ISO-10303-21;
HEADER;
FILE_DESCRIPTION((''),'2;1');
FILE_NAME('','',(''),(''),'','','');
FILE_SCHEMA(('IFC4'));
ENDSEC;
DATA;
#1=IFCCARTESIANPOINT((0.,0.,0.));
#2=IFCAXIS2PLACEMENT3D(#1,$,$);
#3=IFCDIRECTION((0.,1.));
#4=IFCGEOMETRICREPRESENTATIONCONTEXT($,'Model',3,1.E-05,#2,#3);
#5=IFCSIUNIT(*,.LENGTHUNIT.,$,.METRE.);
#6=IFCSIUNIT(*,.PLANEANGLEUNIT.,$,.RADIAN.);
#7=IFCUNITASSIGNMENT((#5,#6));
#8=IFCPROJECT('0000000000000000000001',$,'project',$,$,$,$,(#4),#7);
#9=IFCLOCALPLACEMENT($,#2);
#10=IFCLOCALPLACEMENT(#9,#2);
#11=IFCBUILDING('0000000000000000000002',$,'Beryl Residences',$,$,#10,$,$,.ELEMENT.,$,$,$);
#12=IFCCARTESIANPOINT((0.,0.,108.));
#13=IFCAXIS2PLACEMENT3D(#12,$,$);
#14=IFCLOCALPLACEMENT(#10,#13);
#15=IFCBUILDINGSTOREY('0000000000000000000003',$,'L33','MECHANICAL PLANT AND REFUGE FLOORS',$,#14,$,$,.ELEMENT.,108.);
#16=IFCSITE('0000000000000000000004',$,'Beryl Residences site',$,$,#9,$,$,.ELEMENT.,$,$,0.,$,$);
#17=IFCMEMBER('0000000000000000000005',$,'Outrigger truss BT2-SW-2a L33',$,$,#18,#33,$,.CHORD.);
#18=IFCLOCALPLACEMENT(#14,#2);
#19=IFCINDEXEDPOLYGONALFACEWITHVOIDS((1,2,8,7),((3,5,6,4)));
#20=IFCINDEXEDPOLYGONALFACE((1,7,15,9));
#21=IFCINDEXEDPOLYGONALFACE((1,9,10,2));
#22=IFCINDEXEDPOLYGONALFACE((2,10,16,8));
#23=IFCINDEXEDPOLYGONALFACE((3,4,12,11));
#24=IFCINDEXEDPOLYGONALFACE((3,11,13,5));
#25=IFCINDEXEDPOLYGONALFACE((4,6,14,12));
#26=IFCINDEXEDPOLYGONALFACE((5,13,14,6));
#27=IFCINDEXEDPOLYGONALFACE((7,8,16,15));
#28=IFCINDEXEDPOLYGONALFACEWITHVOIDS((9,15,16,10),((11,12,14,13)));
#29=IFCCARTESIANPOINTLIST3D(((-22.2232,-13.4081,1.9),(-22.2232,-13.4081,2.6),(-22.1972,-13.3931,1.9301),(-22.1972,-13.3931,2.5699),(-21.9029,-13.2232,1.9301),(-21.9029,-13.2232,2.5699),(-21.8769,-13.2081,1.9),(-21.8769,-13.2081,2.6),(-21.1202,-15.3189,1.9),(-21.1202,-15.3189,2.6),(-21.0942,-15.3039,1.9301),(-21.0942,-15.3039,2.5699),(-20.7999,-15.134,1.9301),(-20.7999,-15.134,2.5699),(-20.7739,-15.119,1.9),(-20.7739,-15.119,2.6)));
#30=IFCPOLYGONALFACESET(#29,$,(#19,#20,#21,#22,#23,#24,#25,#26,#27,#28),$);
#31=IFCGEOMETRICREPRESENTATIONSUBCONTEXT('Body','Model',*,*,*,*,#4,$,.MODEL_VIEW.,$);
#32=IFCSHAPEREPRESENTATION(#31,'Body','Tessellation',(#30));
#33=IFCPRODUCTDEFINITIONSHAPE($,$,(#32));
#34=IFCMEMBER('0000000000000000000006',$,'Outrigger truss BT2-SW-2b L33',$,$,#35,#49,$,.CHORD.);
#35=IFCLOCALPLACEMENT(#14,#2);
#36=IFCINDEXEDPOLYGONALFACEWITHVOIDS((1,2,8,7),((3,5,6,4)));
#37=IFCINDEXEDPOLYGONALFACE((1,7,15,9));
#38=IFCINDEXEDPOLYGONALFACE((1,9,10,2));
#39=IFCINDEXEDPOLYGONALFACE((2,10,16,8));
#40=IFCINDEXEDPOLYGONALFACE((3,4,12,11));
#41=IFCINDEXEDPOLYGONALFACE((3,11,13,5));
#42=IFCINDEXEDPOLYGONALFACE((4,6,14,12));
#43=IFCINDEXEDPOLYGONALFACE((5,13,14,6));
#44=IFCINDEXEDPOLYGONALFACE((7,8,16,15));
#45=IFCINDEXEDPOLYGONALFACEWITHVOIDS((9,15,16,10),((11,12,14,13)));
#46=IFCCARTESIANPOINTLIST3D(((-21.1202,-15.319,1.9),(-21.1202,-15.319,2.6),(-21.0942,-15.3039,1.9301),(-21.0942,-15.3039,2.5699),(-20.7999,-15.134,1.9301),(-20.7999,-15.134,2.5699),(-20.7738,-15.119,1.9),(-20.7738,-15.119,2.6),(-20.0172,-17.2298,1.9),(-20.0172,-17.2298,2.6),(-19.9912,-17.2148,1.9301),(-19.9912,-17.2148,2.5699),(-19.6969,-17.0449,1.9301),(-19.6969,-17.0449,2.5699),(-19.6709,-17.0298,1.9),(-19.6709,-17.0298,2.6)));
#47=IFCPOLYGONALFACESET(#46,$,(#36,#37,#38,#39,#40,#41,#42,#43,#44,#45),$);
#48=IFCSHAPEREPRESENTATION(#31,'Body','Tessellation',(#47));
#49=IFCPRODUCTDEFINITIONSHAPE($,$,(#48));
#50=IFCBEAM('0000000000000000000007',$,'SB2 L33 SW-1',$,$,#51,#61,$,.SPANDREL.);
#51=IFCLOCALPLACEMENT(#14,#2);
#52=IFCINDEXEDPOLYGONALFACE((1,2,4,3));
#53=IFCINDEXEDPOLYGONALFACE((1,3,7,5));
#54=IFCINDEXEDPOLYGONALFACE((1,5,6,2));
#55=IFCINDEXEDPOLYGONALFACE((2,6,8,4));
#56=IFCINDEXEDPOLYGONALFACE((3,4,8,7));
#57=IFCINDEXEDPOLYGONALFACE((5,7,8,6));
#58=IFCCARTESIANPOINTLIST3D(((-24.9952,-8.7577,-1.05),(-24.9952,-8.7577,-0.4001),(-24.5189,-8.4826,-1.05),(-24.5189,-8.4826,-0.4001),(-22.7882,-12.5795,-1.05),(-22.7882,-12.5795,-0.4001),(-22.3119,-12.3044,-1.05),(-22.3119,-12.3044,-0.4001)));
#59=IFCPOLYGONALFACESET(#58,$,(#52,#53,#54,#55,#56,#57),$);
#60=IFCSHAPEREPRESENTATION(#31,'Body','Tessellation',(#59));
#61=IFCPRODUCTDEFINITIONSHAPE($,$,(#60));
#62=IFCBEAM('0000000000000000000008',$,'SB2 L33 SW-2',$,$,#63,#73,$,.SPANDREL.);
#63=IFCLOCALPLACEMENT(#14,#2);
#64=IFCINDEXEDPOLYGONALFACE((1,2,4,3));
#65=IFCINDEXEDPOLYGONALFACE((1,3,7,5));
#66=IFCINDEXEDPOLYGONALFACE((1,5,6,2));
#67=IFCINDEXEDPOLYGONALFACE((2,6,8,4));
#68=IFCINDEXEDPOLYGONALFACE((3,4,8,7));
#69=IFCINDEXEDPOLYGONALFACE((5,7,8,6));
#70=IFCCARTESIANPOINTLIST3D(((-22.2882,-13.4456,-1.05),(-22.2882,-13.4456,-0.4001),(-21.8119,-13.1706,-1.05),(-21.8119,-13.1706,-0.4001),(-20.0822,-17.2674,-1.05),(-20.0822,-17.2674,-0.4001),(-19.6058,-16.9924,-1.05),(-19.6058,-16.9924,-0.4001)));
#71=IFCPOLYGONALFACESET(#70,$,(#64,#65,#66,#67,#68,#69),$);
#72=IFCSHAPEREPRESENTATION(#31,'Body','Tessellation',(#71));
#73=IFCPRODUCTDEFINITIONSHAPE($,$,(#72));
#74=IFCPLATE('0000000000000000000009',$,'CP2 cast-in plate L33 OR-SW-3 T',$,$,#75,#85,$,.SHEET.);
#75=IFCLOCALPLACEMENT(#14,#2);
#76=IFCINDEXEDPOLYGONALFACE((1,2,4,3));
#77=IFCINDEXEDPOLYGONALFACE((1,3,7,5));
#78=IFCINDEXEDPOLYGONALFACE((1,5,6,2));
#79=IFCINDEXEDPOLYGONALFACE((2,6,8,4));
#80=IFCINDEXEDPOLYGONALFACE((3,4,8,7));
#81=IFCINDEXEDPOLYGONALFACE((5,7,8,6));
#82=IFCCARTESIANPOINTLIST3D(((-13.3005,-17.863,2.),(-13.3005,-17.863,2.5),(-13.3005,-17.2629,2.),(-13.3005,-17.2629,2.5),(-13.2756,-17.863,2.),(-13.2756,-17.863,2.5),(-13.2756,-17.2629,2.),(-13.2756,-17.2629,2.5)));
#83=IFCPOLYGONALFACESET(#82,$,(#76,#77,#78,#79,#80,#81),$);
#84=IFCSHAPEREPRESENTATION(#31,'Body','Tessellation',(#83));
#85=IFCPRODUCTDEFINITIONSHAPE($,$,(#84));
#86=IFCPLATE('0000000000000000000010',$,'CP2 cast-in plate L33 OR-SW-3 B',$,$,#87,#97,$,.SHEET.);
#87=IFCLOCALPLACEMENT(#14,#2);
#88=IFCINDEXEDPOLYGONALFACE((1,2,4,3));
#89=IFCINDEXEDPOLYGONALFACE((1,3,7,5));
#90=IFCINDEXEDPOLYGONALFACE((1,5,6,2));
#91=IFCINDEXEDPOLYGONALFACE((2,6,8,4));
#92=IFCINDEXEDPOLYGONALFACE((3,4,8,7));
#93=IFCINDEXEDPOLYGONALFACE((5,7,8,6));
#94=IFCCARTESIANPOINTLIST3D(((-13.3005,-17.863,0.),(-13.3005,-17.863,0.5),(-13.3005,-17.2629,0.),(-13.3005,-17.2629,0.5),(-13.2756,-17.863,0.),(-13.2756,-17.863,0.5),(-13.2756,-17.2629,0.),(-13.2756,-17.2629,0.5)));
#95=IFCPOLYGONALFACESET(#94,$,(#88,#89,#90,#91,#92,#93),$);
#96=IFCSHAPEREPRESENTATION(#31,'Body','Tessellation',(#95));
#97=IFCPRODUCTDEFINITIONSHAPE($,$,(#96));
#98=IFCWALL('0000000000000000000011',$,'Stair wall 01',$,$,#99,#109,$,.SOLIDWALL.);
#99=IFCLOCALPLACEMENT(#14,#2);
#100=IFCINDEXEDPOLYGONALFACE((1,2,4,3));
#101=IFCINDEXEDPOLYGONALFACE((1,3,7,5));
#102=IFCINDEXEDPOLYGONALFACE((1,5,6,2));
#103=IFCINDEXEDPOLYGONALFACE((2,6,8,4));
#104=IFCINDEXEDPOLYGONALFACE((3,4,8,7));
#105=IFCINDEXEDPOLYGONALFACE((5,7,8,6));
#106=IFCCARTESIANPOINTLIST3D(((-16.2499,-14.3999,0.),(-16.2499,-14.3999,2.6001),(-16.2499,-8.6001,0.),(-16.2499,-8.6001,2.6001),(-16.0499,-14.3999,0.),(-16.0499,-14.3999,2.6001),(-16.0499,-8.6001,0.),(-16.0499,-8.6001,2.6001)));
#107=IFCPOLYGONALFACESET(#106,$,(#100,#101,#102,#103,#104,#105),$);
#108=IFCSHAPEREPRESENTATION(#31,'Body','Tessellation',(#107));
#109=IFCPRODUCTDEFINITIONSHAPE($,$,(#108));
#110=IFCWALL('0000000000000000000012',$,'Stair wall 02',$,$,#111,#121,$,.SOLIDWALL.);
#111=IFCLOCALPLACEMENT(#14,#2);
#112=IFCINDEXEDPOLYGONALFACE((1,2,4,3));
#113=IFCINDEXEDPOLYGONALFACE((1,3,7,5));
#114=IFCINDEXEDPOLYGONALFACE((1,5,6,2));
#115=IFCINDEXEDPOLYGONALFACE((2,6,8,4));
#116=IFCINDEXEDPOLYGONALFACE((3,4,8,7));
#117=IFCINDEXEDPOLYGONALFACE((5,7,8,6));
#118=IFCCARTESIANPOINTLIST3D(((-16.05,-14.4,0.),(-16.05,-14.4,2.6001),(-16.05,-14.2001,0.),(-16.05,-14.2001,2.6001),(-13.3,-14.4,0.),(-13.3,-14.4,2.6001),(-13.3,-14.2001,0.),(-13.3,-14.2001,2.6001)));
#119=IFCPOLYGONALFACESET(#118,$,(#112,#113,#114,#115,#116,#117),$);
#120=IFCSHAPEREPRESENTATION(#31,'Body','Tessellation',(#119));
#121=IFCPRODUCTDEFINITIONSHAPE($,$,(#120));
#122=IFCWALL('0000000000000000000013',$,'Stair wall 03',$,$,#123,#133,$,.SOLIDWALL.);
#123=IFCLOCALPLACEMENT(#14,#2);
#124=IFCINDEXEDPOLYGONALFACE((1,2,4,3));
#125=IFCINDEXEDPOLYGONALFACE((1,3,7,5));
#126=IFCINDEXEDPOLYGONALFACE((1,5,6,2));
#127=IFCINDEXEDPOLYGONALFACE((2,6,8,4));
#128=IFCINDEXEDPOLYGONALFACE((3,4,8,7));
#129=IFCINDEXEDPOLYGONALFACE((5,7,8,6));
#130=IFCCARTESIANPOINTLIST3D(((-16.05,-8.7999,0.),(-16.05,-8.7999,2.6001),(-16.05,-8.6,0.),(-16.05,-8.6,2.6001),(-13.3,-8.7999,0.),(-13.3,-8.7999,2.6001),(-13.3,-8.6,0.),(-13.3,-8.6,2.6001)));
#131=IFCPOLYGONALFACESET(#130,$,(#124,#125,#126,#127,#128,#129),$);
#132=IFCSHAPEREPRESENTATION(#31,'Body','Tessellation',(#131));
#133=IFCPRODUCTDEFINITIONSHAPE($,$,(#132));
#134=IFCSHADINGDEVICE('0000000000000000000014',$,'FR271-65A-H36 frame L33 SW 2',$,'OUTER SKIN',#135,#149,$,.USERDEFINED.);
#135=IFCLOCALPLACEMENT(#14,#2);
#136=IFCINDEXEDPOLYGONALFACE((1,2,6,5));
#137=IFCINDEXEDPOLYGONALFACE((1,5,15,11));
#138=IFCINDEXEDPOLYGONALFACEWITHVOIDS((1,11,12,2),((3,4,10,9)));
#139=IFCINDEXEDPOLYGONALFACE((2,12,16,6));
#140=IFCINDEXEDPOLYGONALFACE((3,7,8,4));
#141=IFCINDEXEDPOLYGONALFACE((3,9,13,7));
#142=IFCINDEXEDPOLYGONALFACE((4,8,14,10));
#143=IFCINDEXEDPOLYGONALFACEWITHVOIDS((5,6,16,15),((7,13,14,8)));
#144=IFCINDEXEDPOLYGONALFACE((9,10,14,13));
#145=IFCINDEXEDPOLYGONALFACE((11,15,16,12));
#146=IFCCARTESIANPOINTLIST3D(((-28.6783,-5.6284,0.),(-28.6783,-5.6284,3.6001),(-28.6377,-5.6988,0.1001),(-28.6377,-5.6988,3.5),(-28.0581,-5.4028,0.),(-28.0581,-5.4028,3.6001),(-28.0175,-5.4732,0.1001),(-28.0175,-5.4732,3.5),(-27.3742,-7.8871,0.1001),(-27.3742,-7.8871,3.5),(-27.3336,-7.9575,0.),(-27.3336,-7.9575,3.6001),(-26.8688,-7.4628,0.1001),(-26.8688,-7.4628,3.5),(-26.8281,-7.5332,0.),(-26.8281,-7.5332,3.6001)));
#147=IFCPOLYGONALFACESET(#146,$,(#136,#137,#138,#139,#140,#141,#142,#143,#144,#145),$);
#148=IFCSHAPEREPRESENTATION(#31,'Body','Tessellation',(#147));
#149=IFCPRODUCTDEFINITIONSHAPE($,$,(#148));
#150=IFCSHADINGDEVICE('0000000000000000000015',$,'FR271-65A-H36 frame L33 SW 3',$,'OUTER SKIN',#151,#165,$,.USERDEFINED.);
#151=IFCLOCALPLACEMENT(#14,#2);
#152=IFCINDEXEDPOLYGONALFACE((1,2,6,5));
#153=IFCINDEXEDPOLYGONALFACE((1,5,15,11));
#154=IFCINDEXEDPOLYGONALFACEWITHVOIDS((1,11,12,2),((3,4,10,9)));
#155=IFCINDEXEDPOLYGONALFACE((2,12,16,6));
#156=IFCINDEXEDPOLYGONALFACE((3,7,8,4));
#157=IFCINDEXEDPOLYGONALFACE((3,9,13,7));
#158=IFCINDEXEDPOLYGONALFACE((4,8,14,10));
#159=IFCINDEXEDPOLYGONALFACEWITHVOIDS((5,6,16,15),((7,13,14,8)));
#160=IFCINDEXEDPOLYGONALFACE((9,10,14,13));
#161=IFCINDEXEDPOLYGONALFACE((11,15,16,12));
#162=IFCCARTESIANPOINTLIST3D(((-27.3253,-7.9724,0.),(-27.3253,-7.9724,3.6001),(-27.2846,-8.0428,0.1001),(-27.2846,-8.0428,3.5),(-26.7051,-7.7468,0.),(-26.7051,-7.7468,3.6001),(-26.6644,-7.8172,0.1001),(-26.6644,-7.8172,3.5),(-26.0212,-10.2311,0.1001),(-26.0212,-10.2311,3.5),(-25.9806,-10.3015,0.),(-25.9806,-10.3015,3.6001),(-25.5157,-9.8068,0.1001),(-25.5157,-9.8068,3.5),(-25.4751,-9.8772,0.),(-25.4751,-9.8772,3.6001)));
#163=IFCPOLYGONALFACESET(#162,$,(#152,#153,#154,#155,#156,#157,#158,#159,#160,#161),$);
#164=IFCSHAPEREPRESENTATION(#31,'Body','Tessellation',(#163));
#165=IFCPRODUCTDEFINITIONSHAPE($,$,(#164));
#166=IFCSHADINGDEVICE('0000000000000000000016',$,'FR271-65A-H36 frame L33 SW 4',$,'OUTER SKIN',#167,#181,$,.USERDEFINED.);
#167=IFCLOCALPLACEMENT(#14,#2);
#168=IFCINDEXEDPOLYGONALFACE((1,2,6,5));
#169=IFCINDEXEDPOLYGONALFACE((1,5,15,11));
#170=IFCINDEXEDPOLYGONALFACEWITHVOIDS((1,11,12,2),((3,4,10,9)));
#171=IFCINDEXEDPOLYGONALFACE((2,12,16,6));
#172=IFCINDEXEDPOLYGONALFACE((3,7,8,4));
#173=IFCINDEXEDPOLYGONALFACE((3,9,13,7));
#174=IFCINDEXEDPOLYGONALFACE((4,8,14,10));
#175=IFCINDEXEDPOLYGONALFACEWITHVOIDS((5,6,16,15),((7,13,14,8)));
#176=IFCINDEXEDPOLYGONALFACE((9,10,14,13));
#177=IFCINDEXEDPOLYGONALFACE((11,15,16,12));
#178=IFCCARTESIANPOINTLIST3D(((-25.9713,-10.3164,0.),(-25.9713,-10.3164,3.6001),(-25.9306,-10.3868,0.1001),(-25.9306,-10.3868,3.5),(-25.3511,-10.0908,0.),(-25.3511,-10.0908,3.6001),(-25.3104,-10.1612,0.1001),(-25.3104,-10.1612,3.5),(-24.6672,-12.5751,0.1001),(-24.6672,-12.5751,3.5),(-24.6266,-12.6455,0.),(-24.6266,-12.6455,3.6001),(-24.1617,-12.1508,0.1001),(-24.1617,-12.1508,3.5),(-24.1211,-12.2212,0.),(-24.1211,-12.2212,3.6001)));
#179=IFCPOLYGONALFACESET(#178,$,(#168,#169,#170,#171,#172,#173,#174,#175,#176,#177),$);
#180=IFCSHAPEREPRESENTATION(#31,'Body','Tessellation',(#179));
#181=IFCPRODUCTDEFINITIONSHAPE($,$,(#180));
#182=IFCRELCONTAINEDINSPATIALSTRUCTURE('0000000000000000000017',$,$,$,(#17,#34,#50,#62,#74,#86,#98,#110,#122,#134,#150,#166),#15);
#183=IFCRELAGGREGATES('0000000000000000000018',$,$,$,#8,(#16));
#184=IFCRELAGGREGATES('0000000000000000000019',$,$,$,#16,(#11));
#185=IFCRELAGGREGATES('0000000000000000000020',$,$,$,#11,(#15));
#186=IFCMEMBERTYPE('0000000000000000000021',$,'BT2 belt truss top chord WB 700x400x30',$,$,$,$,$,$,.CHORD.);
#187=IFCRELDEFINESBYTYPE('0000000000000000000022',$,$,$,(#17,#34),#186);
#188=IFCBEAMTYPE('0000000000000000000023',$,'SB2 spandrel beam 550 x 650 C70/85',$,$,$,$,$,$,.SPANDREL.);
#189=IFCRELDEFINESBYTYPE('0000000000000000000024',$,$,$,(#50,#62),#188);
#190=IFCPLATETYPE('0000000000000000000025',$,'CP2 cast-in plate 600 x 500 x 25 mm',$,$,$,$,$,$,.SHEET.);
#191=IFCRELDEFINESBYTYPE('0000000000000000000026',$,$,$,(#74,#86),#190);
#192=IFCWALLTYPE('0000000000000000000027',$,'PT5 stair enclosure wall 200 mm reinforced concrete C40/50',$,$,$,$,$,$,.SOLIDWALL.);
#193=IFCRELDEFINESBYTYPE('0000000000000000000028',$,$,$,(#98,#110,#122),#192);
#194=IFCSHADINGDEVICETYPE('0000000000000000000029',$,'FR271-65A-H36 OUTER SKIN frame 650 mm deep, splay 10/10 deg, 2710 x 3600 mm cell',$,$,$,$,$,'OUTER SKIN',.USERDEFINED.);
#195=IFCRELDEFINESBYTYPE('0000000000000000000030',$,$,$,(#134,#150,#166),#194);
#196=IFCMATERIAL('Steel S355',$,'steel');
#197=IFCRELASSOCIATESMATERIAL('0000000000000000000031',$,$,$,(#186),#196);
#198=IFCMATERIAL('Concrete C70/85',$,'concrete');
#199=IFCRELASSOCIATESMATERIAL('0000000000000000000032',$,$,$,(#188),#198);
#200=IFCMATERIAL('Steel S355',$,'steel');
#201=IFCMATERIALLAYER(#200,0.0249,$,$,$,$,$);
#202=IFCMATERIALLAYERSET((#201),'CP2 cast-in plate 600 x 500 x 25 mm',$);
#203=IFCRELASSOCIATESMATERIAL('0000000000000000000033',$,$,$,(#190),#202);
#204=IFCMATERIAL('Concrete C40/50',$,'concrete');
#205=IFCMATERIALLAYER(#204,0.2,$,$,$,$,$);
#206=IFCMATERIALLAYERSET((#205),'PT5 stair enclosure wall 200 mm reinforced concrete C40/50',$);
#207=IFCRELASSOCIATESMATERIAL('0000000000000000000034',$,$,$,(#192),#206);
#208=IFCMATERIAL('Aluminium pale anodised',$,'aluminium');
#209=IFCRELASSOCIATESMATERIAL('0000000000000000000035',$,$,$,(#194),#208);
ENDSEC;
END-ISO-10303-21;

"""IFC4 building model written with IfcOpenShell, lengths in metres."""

from ifc_helpers import new_model, entity, si_unit, direction, frame, frame_2d, origin, origin_2d, place, context, subcontext, project, spatial, rectangle, hollow_rectangle, extrude, source, transform, mapped, material, layer, layer_set, material_profile, profile_set, type_object, type_shapes, element, save


model = new_model("IFC4")

# Units and contexts
model_context = context("Model", 3, precision=1e-05, world=origin(), true_north=direction((0.0, 1.0)))
body_context = subcontext(model_context, "Body", "Model", "MODEL_VIEW")
ifc_project = project(units=[si_unit("LENGTHUNIT", "METRE"), si_unit("PLANEANGLEUNIT", "RADIAN")], contexts=[model_context])

# Site, building, storey
site_placement = place(None, origin())
site = spatial("IfcSite", under=ifc_project, at=site_placement, Name="Beryl Residences site", CompositionType="ELEMENT", RefElevation=0.0)
building_placement = place(site_placement, origin())
building = spatial("IfcBuilding", under=site, at=building_placement, Name="Beryl Residences", CompositionType="ELEMENT")
storey_placement = place(building_placement, frame((0.0, 0.0, 108.0)))
storey = spatial("IfcBuildingStorey", under=building, at=storey_placement, Name="L33", Description="MECHANICAL PLANT AND REFUGE FLOORS", CompositionType="ELEMENT", Elevation=108.0)

# Members
ifc_material_1 = material(Name="Steel S355", Category="steel")
ifc_material_profile_1 = material_profile(ifc_material_1, hollow_rectangle(XDim=0.3999, YDim=0.7, WallThickness=0.03, at=origin_2d()))
ifc_profile_set_1 = profile_set([ifc_material_profile_1], Name="Steel S355")
member_type_1 = type_object("IfcMemberType", Name="BT2 belt truss top chord WB 700x400x30", PredefinedType="CHORD", material=ifc_profile_set_1)
for number, where, z_axis, x_axis, name in (
    (1, (-22.05, -13.3081, 2.25), (0.499924, -0.86607, 0.0), (0.86607, 0.499924, 0.0), "Outrigger truss BT2-SW-2a L33"),
    (2, (-20.947, -15.219, 2.25), (0.499924, -0.86607, 0.0), (0.86607, 0.499924, 0.0), "Outrigger truss BT2-SW-2b L33"),
):
    element("IfcMember", number, at=place(storey_placement, frame(where, z_axis=z_axis, x_axis=x_axis)), inside=storey, type_object=member_type_1, Name=name, PredefinedType="CHORD", context=body_context, shape_type="SweptSolid", body=[
        extrude(hollow_rectangle(XDim=0.3999, YDim=0.7, WallThickness=0.03, at=origin_2d()), origin(), (0.0, 0.0, 1.0), 2.2063),
    ])

# Beams
ifc_material_2 = material(Name="Concrete C70/85", Category="concrete")
ifc_material_profile_2 = material_profile(ifc_material_2, rectangle(XDim=0.55, YDim=0.6499, at=origin_2d()))
ifc_profile_set_2 = profile_set([ifc_material_profile_2], Name="Concrete C70/85")
beam_type = type_object("IfcBeamType", Name="SB2 spandrel beam 550 x 650 C70/85", PredefinedType="SPANDREL", material=ifc_profile_set_2)
beam_1_placement = place(storey_placement, frame((-24.7571, -8.6201, -0.7251), z_axis=(0.50009, -0.865974, 0.0), x_axis=(0.865974, 0.50009, 0.0)))
element("IfcBeam", 3, at=beam_1_placement, inside=storey, type_object=beam_type, Name="SB2 L33 SW-1", PredefinedType="SPANDREL", context=body_context, shape_type="SweptSolid", body=[
    extrude(rectangle(XDim=0.55, YDim=0.6499, at=origin_2d()), origin(), (0.0, 0.0, 1.0), 4.4133),
])
beam_2_placement = place(storey_placement, frame((-22.05, -13.3081, -0.7251), z_axis=(0.499924, -0.86607, 0.0), x_axis=(0.86607, 0.499924, 0.0)))
element("IfcBeam", 4, at=beam_2_placement, inside=storey, type_object=beam_type, Name="SB2 L33 SW-2", PredefinedType="SPANDREL", context=body_context, shape_type="SweptSolid", body=[
    extrude(rectangle(XDim=0.55, YDim=0.6499, at=origin_2d()), origin(), (0.0, 0.0, 1.0), 4.4128),
])

# Plates
ifc_material_3 = material(Name="Steel S355", Category="steel")
ifc_layer_1 = layer(ifc_material_3, 0.0249)
ifc_layer_set_1 = layer_set([ifc_layer_1], Name="CP2 cast-in plate 600 x 500 x 25 mm")
plate_type = type_object("IfcPlateType", Name="CP2 cast-in plate 600 x 500 x 25 mm", PredefinedType="SHEET", material=ifc_layer_set_1)
for number, where, z_axis, x_axis, name in (
    (5, (-13.2881, -17.563, 2.0), (0.0, 0.0, 1.0), (1.0, 0.0, 0.0), "CP2 cast-in plate L33 OR-SW-3 T"),
    (6, (-13.2881, -17.563, 0.0), (0.0, 0.0, 1.0), (1.0, 0.0, 0.0), "CP2 cast-in plate L33 OR-SW-3 B"),
):
    element("IfcPlate", number, at=place(storey_placement, frame(where, z_axis=z_axis, x_axis=x_axis)), inside=storey, type_object=plate_type, Name=name, PredefinedType="SHEET", context=body_context, shape_type="SweptSolid", body=[
        extrude(rectangle(XDim=0.0249, YDim=0.6001, at=origin_2d()), origin(), (0.0, 0.0, 1.0), 0.5),
    ])

# Walls
ifc_material_4 = material(Name="Concrete C40/50", Category="concrete")
ifc_layer_2 = layer(ifc_material_4, 0.2)
ifc_layer_set_2 = layer_set([ifc_layer_2], Name="PT5 stair enclosure wall 200 mm reinforced concrete C40/50")
wall_type = type_object("IfcWallType", Name="PT5 stair enclosure wall 200 mm reinforced concrete C40/50", PredefinedType="SOLIDWALL", material=ifc_layer_set_2)
wall_placement = place(storey_placement, frame((-16.1499, -14.3999, 0.0), z_axis=(0.0, 0.0, 1.0), x_axis=(0.0, 1.0, 0.0)))
element("IfcWall", 7, at=wall_placement, inside=storey, type_object=wall_type, Name="Stair wall 01", PredefinedType="SOLIDWALL", context=body_context, shape_type="SweptSolid", body=[
    extrude(rectangle(XDim=5.7998, YDim=0.2, at=frame_2d((2.8999, 0.0))), origin(), (0.0, 0.0, 1.0), 2.6001),
])
for number, where, z_axis, x_axis, name in (
    (8, (-16.05, -14.3, 0.0), (0.0, 0.0, 1.0), (1.0, 0.0, 0.0), "Stair wall 02"),
    (9, (-16.05, -8.7, 0.0), (0.0, 0.0, 1.0), (1.0, 0.0, 0.0), "Stair wall 03"),
):
    element("IfcWall", number, at=place(storey_placement, frame(where, z_axis=z_axis, x_axis=x_axis)), inside=storey, type_object=wall_type, Name=name, PredefinedType="SOLIDWALL", context=body_context, shape_type="SweptSolid", body=[
        extrude(rectangle(XDim=2.75, YDim=0.2, at=frame_2d((1.375, 0.0))), origin(), (0.0, 0.0, 1.0), 2.6001),
    ])

# Shading devices
ifc_material_5 = material(Name="Aluminium pale anodised", Category="aluminium")
shading_device_type = type_object("IfcShadingDeviceType", Name="FR271-65A-H36 OUTER SKIN frame 650 mm deep, splay 10/10 deg, 2710 x 3600 mm cell", ElementType="OUTER SKIN", PredefinedType="USERDEFINED", material=ifc_material_5)
cartesian_point_1 = entity("IfcCartesianPoint", [-1.23, 0.0])
cartesian_point_2 = entity("IfcCartesianPoint", [-1.1487, 0.1001])
cartesian_point_3 = entity("IfcCartesianPoint", [-1.3447, 0.0])
cartesian_point_4 = entity("IfcCartesianPoint", [-1.2634, 0.1001])
shared_shape = source(origin(), body_context, "Body", "SweptSolid", [
    entity("IfcExtrudedAreaSolidTapered", entity("IfcArbitraryProfileDefWithVoids", "AREA", None, entity("IfcPolyline", [cartesian_point_1, entity("IfcCartesianPoint", [1.23, 0.0]), entity("IfcCartesianPoint", [1.23, 3.6001]), entity("IfcCartesianPoint", [-1.23, 3.6001]), cartesian_point_1]), [entity("IfcPolyline", [cartesian_point_2, entity("IfcCartesianPoint", [1.1487, 0.1001]), entity("IfcCartesianPoint", [1.1487, 3.5]), entity("IfcCartesianPoint", [-1.1487, 3.5]), cartesian_point_2])]), entity("IfcAxis2Placement3D", entity("IfcCartesianPoint", [0.0, 0.0, 0.0]), entity("IfcDirection", [0.0, 1.0, 0.0]), entity("IfcDirection", [-1.0, 0.0, 0.0])), entity("IfcDirection", [0.0, 0.0, 1.0]), 0.6499, entity("IfcArbitraryProfileDefWithVoids", "AREA", None, entity("IfcPolyline", [cartesian_point_3, entity("IfcCartesianPoint", [1.3447, 0.0]), entity("IfcCartesianPoint", [1.3447, 3.6001]), entity("IfcCartesianPoint", [-1.3447, 3.6001]), cartesian_point_3]), [entity("IfcPolyline", [cartesian_point_4, entity("IfcCartesianPoint", [1.2634, 0.1001]), entity("IfcCartesianPoint", [1.2634, 3.5]), entity("IfcCartesianPoint", [-1.2634, 3.5]), cartesian_point_4])])),
])
type_shapes(shading_device_type, [shared_shape])
for number, where, z_axis, x_axis, name in (
    (10, (-27.4431, -6.468, 0.0), (0.0, 0.0, 1.0), (-0.5, 0.866025, 0.0), "FR271-65A-H36 frame L33 SW 2"),
    (11, (-26.0901, -8.812, 0.0), (0.0, 0.0, 1.0), (-0.5, 0.866025, 0.0), "FR271-65A-H36 frame L33 SW 3"),
    (12, (-24.7361, -11.156, 0.0), (0.0, 0.0, 1.0), (-0.5, 0.866025, 0.0), "FR271-65A-H36 frame L33 SW 4"),
):
    element("IfcShadingDevice", number, at=place(storey_placement, frame(where, z_axis=z_axis, x_axis=x_axis)), inside=storey, type_object=shading_device_type, Name=name, ObjectType="OUTER SKIN", PredefinedType="USERDEFINED", context=body_context, shape_type="MappedRepresentation", body=[
        mapped(shared_shape, transform((0.0, 0.0, 0.0))),
    ])

save(model, "model.ifc")
